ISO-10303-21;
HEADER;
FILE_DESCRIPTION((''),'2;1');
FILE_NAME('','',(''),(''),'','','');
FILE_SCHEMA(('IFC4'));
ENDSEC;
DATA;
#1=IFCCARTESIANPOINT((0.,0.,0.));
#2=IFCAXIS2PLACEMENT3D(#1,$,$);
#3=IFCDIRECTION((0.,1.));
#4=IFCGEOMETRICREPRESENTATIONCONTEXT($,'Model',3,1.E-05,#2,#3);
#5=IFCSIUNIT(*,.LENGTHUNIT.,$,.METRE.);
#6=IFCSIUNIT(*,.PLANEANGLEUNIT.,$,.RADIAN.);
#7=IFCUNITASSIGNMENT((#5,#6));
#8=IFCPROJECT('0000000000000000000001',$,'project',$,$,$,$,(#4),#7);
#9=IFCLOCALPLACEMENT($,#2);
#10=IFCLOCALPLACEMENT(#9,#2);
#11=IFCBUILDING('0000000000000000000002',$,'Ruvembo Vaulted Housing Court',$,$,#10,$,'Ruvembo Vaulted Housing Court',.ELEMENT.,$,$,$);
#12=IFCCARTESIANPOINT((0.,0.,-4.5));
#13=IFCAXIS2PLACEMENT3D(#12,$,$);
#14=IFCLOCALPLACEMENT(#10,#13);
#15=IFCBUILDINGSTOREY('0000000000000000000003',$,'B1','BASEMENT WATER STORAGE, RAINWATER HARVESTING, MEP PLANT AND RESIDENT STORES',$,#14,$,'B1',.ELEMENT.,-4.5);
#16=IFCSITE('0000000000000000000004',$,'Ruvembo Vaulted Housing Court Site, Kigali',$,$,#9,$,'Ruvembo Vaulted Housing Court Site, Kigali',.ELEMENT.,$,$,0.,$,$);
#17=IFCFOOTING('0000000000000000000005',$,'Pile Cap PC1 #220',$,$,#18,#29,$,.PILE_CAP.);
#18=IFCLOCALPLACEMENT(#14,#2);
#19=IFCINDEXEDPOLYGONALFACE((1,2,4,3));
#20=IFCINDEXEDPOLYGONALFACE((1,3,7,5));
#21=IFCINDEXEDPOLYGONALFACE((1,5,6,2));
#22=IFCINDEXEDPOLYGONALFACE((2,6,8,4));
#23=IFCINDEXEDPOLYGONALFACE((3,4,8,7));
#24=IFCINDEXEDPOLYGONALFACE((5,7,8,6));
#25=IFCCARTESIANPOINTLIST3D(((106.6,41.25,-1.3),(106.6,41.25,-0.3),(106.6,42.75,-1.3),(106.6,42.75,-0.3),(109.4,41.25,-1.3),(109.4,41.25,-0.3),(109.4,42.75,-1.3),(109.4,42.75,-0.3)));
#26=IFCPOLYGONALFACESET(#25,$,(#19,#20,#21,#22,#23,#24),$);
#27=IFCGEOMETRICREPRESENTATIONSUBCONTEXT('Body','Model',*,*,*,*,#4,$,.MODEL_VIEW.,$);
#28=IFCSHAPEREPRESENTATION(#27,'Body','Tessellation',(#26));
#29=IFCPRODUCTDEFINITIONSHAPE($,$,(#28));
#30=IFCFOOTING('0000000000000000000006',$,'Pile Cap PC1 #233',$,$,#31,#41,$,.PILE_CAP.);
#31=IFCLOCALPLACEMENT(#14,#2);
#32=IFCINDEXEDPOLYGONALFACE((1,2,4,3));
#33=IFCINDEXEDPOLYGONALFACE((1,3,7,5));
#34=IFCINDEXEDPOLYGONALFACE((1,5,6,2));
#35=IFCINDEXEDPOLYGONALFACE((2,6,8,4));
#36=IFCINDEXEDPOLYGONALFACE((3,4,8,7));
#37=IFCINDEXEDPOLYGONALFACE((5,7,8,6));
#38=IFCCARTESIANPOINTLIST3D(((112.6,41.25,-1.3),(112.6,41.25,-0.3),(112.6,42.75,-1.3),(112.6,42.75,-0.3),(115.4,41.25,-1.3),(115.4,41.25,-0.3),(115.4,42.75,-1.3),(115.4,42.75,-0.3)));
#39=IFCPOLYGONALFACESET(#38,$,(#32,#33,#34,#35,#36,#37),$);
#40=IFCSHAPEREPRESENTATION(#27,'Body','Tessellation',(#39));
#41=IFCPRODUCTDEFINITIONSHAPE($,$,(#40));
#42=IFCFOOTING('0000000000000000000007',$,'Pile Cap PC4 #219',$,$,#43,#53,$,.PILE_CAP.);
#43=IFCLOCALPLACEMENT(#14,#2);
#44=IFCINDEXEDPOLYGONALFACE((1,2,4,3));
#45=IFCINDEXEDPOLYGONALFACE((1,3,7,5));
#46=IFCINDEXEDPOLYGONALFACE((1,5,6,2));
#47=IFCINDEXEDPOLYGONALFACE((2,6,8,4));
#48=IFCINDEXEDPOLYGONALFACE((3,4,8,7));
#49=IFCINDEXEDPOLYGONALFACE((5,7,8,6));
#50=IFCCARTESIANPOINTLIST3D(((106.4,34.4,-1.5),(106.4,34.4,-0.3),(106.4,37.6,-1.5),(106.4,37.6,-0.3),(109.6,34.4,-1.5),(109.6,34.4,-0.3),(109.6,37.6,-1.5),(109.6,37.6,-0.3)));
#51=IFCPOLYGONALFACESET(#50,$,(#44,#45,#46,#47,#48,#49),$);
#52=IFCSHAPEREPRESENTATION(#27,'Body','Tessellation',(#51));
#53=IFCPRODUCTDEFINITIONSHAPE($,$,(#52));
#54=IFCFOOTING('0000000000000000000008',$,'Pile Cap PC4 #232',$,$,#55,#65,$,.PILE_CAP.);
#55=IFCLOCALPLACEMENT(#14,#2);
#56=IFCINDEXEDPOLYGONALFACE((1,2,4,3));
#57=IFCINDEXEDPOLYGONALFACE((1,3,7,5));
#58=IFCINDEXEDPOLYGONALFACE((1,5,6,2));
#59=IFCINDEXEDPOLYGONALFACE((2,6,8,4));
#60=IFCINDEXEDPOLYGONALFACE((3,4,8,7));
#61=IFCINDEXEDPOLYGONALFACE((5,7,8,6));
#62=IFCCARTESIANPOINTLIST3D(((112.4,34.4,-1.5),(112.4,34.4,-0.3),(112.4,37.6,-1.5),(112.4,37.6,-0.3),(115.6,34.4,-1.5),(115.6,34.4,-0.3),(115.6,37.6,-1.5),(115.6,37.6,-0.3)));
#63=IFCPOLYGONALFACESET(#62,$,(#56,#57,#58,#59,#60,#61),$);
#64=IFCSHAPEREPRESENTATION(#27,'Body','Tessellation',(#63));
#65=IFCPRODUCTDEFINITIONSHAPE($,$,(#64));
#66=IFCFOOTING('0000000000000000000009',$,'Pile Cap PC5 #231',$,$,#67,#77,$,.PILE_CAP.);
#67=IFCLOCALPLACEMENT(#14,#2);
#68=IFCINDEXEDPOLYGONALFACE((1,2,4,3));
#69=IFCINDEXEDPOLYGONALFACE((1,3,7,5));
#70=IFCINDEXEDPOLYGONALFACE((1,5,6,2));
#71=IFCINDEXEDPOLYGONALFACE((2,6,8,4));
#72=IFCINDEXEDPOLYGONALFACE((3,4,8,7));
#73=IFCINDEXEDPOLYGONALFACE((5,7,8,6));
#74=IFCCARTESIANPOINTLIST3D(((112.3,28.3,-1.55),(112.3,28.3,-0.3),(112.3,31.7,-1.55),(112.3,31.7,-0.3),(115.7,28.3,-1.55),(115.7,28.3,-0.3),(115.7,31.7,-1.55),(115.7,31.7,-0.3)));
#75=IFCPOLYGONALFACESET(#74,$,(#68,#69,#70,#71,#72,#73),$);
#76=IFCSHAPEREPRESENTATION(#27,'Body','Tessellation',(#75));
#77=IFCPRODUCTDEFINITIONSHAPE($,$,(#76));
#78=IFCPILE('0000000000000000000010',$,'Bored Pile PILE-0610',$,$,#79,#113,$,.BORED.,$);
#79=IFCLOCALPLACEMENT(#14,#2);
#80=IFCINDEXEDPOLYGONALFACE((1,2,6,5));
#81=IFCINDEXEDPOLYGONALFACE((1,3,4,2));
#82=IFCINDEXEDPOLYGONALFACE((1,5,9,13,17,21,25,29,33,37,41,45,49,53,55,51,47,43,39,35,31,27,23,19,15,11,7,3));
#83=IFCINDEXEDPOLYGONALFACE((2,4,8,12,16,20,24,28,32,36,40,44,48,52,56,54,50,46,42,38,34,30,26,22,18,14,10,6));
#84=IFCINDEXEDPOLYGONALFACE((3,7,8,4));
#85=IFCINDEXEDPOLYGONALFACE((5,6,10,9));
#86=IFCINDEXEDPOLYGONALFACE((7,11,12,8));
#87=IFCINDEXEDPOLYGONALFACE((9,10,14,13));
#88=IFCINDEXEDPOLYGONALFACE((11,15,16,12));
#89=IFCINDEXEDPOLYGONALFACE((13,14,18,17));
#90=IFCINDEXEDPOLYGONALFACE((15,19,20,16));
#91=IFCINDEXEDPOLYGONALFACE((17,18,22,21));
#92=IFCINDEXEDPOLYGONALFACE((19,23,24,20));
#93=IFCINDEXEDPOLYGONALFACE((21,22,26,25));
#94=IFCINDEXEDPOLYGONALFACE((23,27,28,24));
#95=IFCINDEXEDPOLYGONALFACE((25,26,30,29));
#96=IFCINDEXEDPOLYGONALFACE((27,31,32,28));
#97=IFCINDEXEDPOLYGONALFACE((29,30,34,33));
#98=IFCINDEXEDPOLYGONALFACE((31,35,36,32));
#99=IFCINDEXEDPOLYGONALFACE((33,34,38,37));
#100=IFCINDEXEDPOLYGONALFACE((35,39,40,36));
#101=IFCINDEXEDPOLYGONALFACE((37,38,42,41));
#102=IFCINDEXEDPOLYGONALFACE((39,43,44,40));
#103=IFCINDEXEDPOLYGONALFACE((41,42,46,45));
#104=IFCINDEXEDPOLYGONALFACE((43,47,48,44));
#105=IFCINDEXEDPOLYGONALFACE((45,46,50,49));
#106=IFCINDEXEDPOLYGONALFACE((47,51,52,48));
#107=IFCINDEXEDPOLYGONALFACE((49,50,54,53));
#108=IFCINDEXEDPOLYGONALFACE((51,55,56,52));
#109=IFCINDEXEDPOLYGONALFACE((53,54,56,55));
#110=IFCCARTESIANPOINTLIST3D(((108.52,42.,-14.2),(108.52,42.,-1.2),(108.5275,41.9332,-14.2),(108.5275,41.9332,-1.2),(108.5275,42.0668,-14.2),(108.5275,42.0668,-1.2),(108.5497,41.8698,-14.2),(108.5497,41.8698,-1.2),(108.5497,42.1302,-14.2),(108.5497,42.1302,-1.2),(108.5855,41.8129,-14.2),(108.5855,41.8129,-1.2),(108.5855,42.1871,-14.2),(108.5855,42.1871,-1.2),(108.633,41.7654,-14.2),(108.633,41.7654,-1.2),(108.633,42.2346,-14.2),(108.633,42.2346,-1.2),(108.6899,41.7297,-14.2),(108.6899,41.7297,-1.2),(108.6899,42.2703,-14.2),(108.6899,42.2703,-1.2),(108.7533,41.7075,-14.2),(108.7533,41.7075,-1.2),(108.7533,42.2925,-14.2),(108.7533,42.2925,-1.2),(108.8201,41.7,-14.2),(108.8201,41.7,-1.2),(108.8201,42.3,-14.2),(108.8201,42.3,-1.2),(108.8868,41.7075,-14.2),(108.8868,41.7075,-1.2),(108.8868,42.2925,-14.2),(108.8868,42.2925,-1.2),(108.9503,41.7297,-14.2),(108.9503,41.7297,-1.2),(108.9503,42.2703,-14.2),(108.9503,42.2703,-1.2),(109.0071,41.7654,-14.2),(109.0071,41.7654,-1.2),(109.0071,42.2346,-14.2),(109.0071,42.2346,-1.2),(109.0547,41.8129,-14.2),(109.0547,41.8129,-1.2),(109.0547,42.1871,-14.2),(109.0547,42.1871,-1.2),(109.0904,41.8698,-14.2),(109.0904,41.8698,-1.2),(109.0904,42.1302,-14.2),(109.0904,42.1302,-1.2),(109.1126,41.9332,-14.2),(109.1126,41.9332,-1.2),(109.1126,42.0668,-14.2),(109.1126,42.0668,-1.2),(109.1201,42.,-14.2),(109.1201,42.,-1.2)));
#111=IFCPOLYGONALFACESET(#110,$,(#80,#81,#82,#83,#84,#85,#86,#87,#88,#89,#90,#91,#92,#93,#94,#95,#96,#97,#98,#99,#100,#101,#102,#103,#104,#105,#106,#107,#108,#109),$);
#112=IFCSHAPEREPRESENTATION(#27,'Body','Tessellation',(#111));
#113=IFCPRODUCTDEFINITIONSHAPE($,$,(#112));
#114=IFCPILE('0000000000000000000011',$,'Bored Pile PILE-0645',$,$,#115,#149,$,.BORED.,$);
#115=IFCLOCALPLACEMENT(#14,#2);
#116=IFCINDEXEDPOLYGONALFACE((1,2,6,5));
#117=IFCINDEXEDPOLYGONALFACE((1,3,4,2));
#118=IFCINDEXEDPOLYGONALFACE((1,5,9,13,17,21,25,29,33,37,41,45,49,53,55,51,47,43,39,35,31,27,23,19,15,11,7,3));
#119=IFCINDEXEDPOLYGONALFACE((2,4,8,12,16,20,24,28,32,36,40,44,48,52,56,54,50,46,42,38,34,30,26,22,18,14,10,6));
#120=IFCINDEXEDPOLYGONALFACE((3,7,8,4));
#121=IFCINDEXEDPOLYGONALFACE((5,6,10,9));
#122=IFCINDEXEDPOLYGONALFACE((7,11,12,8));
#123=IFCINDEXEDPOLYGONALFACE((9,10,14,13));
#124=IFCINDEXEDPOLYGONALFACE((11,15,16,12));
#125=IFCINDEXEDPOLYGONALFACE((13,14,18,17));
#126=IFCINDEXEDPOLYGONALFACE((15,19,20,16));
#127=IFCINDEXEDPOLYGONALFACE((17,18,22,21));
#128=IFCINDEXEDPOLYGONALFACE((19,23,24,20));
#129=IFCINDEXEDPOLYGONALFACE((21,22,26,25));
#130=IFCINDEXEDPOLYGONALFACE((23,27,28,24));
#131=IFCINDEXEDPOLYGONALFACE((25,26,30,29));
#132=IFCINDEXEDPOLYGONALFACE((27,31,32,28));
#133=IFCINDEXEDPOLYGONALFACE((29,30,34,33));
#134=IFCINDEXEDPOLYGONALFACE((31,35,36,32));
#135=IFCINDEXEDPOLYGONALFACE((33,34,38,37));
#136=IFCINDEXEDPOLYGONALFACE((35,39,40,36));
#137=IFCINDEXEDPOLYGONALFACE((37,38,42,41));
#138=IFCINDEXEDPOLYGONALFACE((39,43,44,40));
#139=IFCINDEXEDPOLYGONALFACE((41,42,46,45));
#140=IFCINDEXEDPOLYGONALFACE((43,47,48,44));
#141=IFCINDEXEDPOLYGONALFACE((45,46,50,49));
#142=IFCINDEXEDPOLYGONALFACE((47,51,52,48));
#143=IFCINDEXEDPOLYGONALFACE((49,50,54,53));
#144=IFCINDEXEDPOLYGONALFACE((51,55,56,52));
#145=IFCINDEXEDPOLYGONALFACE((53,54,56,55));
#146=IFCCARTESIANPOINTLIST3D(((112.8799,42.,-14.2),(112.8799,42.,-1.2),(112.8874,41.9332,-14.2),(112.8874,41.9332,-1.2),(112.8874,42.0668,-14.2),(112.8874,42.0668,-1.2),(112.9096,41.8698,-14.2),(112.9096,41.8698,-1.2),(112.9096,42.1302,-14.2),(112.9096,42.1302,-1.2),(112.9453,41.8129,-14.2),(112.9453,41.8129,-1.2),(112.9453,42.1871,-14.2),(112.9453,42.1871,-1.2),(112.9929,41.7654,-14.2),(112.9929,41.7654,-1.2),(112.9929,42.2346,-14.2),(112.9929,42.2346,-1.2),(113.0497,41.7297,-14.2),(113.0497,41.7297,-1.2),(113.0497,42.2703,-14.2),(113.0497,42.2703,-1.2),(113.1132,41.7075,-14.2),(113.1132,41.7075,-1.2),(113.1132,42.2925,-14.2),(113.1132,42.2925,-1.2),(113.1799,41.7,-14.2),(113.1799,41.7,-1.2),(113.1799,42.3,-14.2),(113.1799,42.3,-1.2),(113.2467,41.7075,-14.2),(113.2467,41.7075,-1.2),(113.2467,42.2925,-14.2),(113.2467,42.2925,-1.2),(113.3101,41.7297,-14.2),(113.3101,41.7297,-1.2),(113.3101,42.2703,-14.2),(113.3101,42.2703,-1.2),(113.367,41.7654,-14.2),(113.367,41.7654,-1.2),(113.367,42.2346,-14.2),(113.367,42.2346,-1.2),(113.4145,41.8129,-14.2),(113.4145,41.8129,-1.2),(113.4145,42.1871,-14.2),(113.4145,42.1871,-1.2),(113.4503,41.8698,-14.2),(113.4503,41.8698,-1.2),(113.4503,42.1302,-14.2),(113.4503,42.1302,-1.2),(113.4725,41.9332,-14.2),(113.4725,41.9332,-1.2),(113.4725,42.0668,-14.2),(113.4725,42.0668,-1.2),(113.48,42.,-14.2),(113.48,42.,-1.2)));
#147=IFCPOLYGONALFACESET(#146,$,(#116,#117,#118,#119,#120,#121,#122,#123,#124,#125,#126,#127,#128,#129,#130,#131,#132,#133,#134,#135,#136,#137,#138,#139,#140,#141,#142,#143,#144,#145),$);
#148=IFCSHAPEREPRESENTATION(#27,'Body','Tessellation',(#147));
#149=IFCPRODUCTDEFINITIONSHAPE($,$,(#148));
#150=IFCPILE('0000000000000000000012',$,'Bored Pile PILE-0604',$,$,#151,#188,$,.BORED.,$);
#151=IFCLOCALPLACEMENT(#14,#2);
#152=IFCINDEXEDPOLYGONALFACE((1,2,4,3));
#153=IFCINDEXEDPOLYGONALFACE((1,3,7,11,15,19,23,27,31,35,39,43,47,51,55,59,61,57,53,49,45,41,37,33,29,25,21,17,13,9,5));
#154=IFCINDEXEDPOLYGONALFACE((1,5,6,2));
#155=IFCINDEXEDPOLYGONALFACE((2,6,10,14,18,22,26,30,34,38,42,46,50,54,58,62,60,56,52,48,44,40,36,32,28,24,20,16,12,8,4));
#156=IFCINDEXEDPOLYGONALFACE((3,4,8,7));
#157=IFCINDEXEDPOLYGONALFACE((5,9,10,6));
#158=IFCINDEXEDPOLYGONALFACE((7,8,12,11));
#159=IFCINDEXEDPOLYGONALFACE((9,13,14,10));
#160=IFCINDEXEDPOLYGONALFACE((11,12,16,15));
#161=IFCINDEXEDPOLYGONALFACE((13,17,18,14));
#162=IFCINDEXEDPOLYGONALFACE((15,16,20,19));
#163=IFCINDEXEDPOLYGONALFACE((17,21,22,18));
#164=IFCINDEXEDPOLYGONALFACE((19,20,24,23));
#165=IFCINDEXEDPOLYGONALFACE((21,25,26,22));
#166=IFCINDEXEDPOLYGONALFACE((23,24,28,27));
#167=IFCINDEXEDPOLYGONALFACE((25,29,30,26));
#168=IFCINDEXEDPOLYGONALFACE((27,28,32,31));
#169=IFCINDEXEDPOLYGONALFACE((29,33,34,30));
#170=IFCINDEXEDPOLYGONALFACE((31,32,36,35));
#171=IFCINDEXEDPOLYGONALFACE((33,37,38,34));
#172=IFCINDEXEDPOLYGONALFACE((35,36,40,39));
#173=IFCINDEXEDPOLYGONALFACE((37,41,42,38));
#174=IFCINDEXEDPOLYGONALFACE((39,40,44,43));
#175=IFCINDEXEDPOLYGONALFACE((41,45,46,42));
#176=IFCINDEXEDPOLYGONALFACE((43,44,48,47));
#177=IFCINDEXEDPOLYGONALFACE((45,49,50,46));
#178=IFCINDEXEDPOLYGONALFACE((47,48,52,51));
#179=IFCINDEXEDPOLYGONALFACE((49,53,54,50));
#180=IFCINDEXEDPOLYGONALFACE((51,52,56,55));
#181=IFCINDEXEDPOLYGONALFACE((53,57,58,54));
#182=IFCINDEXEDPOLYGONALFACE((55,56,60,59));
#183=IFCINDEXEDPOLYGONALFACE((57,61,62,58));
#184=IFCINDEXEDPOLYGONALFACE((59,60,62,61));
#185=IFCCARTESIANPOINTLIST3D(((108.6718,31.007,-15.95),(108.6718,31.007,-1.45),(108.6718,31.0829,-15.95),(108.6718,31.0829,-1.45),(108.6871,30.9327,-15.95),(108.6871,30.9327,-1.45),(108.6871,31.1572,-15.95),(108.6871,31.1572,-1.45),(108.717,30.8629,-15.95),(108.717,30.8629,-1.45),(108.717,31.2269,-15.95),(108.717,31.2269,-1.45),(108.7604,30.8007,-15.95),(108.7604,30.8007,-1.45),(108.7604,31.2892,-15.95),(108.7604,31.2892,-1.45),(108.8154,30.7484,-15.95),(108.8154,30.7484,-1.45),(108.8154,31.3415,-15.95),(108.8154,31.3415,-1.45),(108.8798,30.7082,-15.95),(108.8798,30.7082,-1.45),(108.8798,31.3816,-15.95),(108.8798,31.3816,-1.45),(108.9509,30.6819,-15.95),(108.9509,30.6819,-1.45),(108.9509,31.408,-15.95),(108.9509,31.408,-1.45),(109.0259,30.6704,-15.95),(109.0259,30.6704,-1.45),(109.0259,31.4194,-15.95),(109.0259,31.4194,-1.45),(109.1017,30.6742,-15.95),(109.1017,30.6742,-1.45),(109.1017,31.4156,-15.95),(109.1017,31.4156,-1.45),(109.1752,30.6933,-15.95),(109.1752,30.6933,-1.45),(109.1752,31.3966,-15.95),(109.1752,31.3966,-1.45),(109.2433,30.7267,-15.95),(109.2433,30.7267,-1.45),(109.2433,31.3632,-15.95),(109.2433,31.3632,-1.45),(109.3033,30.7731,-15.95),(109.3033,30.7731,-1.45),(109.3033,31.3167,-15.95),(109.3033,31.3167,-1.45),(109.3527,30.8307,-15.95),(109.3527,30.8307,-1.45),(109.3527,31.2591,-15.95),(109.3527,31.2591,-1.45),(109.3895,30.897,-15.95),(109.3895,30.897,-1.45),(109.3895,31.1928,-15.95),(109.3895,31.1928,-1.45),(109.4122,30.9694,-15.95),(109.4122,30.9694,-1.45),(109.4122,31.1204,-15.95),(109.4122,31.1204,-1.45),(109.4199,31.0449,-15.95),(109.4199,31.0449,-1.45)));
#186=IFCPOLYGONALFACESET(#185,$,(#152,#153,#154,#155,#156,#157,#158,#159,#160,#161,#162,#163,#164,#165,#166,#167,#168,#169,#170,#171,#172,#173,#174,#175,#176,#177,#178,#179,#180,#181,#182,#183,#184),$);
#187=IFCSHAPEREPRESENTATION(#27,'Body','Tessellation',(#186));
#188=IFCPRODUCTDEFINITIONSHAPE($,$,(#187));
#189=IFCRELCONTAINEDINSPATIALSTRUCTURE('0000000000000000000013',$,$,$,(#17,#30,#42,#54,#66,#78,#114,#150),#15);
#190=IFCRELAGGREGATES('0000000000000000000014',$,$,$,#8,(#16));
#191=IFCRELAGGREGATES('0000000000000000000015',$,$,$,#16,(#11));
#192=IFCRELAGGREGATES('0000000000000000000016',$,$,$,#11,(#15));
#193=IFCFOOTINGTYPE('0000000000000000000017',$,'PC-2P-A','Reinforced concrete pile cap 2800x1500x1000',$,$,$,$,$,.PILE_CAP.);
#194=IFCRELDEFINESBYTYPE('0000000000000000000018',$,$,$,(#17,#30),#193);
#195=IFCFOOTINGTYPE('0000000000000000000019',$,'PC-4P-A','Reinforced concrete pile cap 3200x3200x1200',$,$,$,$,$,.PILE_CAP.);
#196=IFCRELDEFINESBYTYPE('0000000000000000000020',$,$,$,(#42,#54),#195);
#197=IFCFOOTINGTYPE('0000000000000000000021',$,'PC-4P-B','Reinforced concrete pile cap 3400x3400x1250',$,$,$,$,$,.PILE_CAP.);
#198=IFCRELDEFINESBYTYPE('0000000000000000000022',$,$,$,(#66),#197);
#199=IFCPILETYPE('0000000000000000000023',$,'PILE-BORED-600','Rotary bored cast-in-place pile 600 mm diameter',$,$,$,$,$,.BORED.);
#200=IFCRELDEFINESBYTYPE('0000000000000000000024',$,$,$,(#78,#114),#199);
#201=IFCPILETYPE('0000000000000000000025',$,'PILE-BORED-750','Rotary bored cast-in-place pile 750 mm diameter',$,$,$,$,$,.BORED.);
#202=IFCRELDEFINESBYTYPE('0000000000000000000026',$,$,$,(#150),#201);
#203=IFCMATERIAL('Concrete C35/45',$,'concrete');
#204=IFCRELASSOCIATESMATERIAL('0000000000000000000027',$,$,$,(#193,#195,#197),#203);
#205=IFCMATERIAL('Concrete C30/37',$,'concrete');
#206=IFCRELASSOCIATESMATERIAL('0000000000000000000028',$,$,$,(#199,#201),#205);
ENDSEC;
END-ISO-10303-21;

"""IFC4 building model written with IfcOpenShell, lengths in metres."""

from ifc_helpers import new_model, si_unit, direction, frame, origin, origin_2d, place, context, subcontext, project, spatial, rectangle, circle, extrude, material, material_profile, profile_set, type_object, element, save


model = new_model("IFC4")

# Units and contexts
model_context = context("Model", 3, precision=1e-05, world=origin(), true_north=direction((0.0, 1.0)))
body_context = subcontext(model_context, "Body", "Model", "MODEL_VIEW")
ifc_project = project(units=[si_unit("LENGTHUNIT", "METRE"), si_unit("PLANEANGLEUNIT", "RADIAN")], contexts=[model_context])

# Site, building, storey
site_placement = place(None, origin())
site = spatial("IfcSite", under=ifc_project, at=site_placement, Name="Ruvembo Vaulted Housing Court Site, Kigali", LongName="Ruvembo Vaulted Housing Court Site, Kigali", CompositionType="ELEMENT", RefElevation=0.0)
building_placement = place(site_placement, origin())
building = spatial("IfcBuilding", under=site, at=building_placement, Name="Ruvembo Vaulted Housing Court", LongName="Ruvembo Vaulted Housing Court", CompositionType="ELEMENT")
storey_placement = place(building_placement, frame((0.0, 0.0, -4.5)))
storey = spatial("IfcBuildingStorey", under=building, at=storey_placement, Name="B1", Description="BASEMENT WATER STORAGE, RAINWATER HARVESTING, MEP PLANT AND RESIDENT STORES", LongName="B1", CompositionType="ELEMENT", Elevation=-4.5)

# Footings
ifc_material_1 = material(Name="Concrete C35/45", Category="concrete")
footing_type_1 = type_object("IfcFootingType", Name="PC-2P-A", Description="Reinforced concrete pile cap 2800x1500x1000", PredefinedType="PILE_CAP", material=ifc_material_1)
for number, where, z_axis, x_axis, name in (
    (1, (108.0, 42.0, -1.3), (0.0, 0.0, 1.0), (1.0, 0.0, 0.0), "Pile Cap PC1 #220"),
    (2, (114.0, 42.0, -1.3), (0.0, 0.0, 1.0), (1.0, 0.0, 0.0), "Pile Cap PC1 #233"),
):
    element("IfcFooting", number, at=place(storey_placement, frame(where, z_axis=z_axis, x_axis=x_axis)), inside=storey, type_object=footing_type_1, Name=name, PredefinedType="PILE_CAP", context=body_context, shape_type="SweptSolid", body=[
        extrude(rectangle(XDim=2.8, YDim=1.5, at=origin_2d()), origin(), (0.0, 0.0, 1.0), 1.0),
    ])
footing_type_2 = type_object("IfcFootingType", Name="PC-4P-A", Description="Reinforced concrete pile cap 3200x3200x1200", PredefinedType="PILE_CAP", material=ifc_material_1)
for number, where, z_axis, x_axis, name in (
    (3, (108.0, 36.0, -1.5), (0.0, 0.0, 1.0), (1.0, 0.0, 0.0), "Pile Cap PC4 #219"),
    (4, (114.0, 36.0, -1.5), (0.0, 0.0, 1.0), (1.0, 0.0, 0.0), "Pile Cap PC4 #232"),
):
    element("IfcFooting", number, at=place(storey_placement, frame(where, z_axis=z_axis, x_axis=x_axis)), inside=storey, type_object=footing_type_2, Name=name, PredefinedType="PILE_CAP", context=body_context, shape_type="SweptSolid", body=[
        extrude(rectangle(XDim=3.2, YDim=3.2, at=origin_2d()), origin(), (0.0, 0.0, 1.0), 1.2),
    ])
footing_type_3 = type_object("IfcFootingType", Name="PC-4P-B", Description="Reinforced concrete pile cap 3400x3400x1250", PredefinedType="PILE_CAP", material=ifc_material_1)
footing_placement = place(storey_placement, frame((114.0, 30.0, -1.55), z_axis=(0.0, 0.0, 1.0), x_axis=(1.0, 0.0, 0.0)))
element("IfcFooting", 5, at=footing_placement, inside=storey, type_object=footing_type_3, Name="Pile Cap PC5 #231", PredefinedType="PILE_CAP", context=body_context, shape_type="SweptSolid", body=[
    extrude(rectangle(XDim=3.3999, YDim=3.3999, at=origin_2d()), origin(), (0.0, 0.0, 1.0), 1.25),
])

# Piles
ifc_material_2 = material(Name="Concrete C30/37", Category="concrete")
ifc_material_profile_1 = material_profile(ifc_material_2, circle(Radius=0.3, at=origin_2d()), Name="PILE D600")
ifc_profile_set_1 = profile_set([ifc_material_profile_1], Name="Concrete C30/37")
pile_type_1 = type_object("IfcPileType", Name="PILE-BORED-600", Description="Rotary bored cast-in-place pile 600 mm diameter", PredefinedType="BORED", material=ifc_profile_set_1)
for number, where, z_axis, x_axis, name in (
    (6, (108.8201, 42.0, -1.2), (0.0, 0.0, -1.0), (1.0, 0.0, 0.0), "Bored Pile PILE-0610"),
    (7, (113.1799, 42.0, -1.2), (0.0, 0.0, -1.0), (1.0, 0.0, 0.0), "Bored Pile PILE-0645"),
):
    element("IfcPile", number, at=place(storey_placement, frame(where, z_axis=z_axis, x_axis=x_axis)), inside=storey, type_object=pile_type_1, Name=name, PredefinedType="BORED", context=body_context, shape_type="SweptSolid", body=[
        extrude(circle(Radius=0.3, at=origin_2d()), origin(), (0.0, 0.0, 1.0), 13.0),
    ])
ifc_material_profile_2 = material_profile(ifc_material_2, circle(Radius=0.375, at=origin_2d()), Name="PILE D750")
ifc_profile_set_2 = profile_set([ifc_material_profile_2], Name="Concrete C30/37")
pile_type_2 = type_object("IfcPileType", Name="PILE-BORED-750", Description="Rotary bored cast-in-place pile 750 mm diameter", PredefinedType="BORED", material=ifc_profile_set_2)
pile_1_placement = place(storey_placement, frame((109.0449, 31.0449, -1.45), z_axis=(0.0, 0.0, -1.0), x_axis=(1.0, 0.0, 0.0)))
element("IfcPile", 8, at=pile_1_placement, inside=storey, type_object=pile_type_2, Name="Bored Pile PILE-0604", PredefinedType="BORED", context=body_context, shape_type="SweptSolid", body=[
    extrude(circle(Radius=0.375, at=origin_2d()), origin(), (0.0, 0.0, 1.0), 14.5),
])

save(model, "model.ifc")
